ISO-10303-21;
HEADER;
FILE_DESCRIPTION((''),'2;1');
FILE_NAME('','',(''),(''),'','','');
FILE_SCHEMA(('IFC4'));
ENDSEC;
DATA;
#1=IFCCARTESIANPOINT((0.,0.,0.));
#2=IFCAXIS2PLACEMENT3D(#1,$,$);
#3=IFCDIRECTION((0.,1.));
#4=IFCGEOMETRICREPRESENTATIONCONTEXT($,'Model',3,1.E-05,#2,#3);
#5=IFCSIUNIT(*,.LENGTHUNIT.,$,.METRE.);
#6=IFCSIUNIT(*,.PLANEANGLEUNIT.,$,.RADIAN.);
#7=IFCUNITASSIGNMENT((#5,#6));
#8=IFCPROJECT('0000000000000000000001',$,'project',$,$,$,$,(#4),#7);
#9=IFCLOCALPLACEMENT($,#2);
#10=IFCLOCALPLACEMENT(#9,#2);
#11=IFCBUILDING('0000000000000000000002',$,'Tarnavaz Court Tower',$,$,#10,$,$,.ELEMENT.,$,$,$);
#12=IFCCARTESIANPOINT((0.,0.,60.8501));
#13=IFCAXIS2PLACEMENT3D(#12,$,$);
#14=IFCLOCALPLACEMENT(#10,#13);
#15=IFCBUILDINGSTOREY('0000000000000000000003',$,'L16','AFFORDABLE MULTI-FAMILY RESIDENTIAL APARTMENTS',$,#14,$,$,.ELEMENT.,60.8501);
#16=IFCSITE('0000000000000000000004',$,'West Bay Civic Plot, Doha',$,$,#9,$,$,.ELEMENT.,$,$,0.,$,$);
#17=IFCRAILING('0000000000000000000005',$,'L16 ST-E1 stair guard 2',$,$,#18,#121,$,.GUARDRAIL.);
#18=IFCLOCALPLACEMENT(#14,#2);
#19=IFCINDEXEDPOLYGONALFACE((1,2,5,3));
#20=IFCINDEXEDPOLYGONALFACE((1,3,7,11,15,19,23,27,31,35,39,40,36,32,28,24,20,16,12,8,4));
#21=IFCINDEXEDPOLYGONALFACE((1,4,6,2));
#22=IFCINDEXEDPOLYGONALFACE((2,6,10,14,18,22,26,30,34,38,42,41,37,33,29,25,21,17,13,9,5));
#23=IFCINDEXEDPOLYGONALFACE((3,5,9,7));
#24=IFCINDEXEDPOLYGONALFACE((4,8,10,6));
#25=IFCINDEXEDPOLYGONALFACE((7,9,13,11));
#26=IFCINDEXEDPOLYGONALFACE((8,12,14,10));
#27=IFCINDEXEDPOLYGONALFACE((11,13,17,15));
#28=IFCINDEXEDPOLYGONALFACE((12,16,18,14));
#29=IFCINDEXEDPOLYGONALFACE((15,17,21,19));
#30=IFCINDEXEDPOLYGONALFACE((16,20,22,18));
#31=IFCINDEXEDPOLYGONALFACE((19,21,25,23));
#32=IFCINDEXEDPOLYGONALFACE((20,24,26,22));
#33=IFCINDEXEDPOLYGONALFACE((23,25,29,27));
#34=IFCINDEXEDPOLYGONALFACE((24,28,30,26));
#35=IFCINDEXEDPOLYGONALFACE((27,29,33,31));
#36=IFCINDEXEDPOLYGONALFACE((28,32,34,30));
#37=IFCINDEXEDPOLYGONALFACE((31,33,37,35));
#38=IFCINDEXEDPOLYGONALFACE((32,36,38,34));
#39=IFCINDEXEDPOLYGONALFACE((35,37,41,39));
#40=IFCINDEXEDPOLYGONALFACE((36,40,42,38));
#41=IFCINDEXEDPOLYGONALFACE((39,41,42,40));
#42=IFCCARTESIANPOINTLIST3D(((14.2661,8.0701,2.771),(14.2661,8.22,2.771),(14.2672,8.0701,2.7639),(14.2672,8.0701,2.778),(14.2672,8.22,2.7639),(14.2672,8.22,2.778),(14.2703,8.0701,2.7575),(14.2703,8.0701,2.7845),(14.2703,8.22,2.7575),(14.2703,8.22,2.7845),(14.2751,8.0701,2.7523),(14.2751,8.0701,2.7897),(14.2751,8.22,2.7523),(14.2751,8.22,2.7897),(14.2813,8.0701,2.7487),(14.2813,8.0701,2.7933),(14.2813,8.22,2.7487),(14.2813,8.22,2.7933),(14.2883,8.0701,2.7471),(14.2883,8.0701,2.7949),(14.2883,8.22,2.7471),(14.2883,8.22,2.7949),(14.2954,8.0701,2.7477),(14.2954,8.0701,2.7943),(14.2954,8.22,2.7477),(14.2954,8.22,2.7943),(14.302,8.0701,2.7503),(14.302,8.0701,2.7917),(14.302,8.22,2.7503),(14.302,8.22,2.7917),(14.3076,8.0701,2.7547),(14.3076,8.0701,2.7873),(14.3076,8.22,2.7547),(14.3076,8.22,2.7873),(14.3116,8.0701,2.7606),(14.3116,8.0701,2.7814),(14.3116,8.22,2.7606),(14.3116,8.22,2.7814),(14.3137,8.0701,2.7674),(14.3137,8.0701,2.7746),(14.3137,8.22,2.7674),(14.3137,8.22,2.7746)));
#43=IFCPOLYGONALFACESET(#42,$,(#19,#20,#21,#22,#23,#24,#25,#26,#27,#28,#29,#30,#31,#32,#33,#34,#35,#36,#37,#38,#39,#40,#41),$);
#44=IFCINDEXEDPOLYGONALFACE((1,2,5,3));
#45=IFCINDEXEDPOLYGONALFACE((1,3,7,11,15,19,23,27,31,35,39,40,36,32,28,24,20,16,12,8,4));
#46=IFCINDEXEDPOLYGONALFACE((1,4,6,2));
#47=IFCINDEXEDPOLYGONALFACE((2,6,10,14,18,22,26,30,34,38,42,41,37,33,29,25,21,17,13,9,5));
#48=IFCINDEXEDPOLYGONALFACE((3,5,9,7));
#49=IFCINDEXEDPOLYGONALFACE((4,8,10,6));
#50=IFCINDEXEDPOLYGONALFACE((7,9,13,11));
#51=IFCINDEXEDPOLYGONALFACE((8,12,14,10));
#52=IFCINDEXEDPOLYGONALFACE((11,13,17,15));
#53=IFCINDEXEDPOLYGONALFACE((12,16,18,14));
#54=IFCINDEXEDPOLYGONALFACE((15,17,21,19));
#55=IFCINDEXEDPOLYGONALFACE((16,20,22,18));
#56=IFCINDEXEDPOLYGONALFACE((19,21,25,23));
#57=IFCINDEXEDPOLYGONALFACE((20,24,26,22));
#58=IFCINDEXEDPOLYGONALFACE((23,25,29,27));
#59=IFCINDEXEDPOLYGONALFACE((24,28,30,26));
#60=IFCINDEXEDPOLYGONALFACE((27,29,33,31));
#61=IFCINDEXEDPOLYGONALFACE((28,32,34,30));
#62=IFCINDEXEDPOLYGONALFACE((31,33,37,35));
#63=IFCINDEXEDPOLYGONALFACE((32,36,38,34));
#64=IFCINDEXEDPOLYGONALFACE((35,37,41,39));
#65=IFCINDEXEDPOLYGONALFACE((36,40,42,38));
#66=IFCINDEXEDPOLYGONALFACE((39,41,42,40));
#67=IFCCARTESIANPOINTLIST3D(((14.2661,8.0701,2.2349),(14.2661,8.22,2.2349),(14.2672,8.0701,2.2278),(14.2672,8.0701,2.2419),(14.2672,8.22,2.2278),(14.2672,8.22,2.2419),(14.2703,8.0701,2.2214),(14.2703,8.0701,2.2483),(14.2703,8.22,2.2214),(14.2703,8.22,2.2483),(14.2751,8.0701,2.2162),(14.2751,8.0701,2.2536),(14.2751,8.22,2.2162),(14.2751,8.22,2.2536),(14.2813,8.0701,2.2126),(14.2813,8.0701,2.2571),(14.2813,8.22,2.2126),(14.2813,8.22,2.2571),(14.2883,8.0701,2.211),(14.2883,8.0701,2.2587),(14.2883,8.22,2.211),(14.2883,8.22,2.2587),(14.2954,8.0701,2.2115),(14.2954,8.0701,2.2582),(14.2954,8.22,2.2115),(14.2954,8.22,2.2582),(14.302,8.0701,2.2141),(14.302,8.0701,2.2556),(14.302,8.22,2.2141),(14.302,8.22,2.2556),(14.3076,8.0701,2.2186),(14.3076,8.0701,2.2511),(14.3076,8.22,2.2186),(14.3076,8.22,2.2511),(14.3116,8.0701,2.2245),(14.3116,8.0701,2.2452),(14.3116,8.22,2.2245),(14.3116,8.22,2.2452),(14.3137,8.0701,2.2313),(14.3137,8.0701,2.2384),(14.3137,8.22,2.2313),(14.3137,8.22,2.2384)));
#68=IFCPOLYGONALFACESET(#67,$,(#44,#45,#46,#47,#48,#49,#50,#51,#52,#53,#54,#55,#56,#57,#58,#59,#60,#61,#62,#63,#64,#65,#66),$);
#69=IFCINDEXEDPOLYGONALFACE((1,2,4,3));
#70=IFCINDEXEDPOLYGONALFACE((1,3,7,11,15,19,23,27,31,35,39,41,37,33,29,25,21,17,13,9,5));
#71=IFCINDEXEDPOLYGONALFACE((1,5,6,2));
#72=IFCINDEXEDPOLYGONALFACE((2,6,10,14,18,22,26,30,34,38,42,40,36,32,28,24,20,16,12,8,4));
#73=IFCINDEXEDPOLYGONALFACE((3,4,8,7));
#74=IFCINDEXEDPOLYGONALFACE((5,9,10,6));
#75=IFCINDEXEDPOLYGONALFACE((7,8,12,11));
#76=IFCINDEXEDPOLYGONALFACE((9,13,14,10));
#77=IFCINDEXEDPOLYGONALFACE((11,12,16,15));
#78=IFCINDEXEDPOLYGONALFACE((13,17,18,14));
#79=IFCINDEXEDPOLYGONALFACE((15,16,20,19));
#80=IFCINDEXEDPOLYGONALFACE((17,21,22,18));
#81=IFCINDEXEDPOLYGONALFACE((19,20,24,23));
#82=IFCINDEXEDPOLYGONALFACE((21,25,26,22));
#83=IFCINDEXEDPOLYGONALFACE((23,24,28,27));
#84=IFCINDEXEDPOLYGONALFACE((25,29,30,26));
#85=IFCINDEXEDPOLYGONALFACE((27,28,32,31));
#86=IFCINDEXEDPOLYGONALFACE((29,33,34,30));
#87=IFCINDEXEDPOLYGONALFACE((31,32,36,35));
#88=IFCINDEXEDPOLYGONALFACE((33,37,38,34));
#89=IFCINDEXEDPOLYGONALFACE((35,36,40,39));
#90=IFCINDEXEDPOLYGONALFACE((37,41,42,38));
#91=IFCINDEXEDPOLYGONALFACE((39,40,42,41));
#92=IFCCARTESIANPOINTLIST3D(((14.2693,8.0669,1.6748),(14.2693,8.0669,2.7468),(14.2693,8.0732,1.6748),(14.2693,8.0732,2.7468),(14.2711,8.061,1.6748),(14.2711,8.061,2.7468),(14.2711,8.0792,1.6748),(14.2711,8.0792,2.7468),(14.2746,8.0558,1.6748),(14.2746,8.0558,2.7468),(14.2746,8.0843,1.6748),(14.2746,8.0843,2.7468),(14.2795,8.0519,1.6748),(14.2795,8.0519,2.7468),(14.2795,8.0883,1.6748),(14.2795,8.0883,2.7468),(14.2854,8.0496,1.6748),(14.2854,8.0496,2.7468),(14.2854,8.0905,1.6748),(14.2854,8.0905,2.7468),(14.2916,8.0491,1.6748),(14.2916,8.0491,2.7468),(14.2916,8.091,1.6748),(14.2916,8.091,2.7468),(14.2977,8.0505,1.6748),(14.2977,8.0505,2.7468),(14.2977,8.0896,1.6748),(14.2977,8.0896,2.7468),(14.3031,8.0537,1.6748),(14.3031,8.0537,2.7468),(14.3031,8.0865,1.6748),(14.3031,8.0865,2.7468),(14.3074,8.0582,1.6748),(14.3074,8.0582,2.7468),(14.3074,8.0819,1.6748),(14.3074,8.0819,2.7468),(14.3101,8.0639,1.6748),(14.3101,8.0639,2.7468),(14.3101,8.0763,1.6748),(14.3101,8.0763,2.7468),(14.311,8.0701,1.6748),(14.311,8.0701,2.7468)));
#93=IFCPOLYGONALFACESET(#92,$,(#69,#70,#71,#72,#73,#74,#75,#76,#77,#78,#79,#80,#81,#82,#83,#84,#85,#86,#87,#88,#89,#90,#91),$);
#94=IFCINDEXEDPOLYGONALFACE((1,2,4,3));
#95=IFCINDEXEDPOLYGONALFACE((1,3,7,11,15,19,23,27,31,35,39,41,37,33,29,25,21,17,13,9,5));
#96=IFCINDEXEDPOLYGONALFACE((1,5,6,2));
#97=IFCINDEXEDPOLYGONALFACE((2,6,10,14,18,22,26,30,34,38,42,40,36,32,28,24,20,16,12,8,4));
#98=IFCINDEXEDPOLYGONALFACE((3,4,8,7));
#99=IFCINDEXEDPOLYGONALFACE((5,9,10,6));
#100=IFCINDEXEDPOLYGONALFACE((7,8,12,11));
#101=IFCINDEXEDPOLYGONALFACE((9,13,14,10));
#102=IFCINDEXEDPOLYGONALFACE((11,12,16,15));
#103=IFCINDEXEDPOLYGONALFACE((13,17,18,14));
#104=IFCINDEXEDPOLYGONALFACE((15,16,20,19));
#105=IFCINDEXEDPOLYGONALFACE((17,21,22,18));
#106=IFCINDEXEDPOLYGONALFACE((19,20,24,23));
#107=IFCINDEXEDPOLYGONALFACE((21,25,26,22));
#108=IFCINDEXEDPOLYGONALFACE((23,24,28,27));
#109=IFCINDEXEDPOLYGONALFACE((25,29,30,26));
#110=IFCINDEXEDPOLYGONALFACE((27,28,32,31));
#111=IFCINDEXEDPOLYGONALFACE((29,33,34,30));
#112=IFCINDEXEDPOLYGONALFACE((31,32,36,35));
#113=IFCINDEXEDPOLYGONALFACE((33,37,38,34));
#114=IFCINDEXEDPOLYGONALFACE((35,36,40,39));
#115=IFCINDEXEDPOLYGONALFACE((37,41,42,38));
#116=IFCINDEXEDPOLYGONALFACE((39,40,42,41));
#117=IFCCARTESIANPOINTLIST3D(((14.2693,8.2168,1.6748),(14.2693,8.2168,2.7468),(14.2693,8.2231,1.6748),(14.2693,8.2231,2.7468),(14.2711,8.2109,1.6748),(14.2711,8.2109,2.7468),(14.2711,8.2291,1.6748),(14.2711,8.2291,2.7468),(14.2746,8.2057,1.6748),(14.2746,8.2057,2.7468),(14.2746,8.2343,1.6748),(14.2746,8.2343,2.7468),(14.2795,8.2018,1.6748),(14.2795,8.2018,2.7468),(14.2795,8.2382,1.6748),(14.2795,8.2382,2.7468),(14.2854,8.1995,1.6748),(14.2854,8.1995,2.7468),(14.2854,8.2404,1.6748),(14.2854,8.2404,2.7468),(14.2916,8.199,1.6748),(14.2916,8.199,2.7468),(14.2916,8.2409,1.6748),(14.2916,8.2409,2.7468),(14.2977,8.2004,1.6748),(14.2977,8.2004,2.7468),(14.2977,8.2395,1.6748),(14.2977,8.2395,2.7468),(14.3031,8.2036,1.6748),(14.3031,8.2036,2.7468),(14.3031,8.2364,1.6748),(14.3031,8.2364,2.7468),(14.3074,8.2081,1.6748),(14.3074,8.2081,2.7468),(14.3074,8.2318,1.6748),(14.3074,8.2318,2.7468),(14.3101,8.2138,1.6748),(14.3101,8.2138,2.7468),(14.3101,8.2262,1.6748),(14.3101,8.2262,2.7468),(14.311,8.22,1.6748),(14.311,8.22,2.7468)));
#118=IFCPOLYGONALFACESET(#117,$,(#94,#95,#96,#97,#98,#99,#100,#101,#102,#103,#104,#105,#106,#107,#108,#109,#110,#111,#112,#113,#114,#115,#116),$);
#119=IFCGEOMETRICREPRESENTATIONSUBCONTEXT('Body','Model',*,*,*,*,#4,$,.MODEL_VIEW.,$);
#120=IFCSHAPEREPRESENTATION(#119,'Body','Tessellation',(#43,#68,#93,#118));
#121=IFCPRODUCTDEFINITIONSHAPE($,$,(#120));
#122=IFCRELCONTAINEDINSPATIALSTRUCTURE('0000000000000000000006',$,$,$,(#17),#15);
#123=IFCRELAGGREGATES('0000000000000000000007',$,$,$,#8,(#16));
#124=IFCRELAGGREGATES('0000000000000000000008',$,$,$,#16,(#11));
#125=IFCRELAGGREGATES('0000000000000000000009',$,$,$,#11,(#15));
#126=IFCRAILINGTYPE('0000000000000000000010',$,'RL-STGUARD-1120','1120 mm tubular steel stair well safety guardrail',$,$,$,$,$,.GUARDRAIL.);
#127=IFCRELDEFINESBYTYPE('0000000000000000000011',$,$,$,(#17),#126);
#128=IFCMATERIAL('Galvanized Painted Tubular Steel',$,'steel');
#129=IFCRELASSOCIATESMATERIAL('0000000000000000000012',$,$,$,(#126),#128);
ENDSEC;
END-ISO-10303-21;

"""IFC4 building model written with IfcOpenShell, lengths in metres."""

from ifc_helpers import new_model, si_unit, direction, frame, origin, origin_2d, place, context, subcontext, project, spatial, circle, extrude, material, type_object, element, save


model = new_model("IFC4")

# Units and contexts
model_context = context("Model", 3, precision=1e-05, world=origin(), true_north=direction((0.0, 1.0)))
body_context = subcontext(model_context, "Body", "Model", "MODEL_VIEW")
ifc_project = project(units=[si_unit("LENGTHUNIT", "METRE"), si_unit("PLANEANGLEUNIT", "RADIAN")], contexts=[model_context])

# Site, building, storey
site_placement = place(None, origin())
site = spatial("IfcSite", under=ifc_project, at=site_placement, Name="West Bay Civic Plot, Doha", CompositionType="ELEMENT", RefElevation=0.0)
building_placement = place(site_placement, origin())
building = spatial("IfcBuilding", under=site, at=building_placement, Name="Tarnavaz Court Tower", CompositionType="ELEMENT")
storey_placement = place(building_placement, frame((0.0, 0.0, 60.8501)))
storey = spatial("IfcBuildingStorey", under=building, at=storey_placement, Name="L16", Description="AFFORDABLE MULTI-FAMILY RESIDENTIAL APARTMENTS", CompositionType="ELEMENT", Elevation=60.8501)

# Railing
ifc_material_1 = material(Name="Galvanized Painted Tubular Steel", Category="steel")
railing_type_1 = type_object("IfcRailingType", Name="RL-STGUARD-1120", Description="1120 mm tubular steel stair well safety guardrail", PredefinedType="GUARDRAIL", material=ifc_material_1)
railing_1_placement = place(storey_placement, frame((14.29, 8.0701, 1.6748)))
element("IfcRailing", 1, at=railing_1_placement, inside=storey, type_object=railing_type_1, Name="L16 ST-E1 stair guard 2", PredefinedType="GUARDRAIL", context=body_context, shape_type="SweptSolid", body=[
    extrude(circle(Radius=0.0239, at=origin_2d()), frame((0.0, 0.0, 1.0962), z_axis=(0.0, 1.0, 0.0), x_axis=(-1.0, 0.0, 0.0)), (0.0, 0.0, 1.0), 0.1499),
    extrude(circle(Radius=0.0239, at=origin_2d()), frame((0.0, 0.0, 0.5601), z_axis=(0.0, 1.0, 0.0), x_axis=(-1.0, 0.0, 0.0)), (0.0, 0.0, 1.0), 0.1499),
    extrude(circle(Radius=0.021, at=origin_2d()), origin(), (0.0, 0.0, 1.0), 1.072),
    extrude(circle(Radius=0.021, at=origin_2d()), frame((0.0, 0.1499, 0.0)), (0.0, 0.0, 1.0), 1.072),
])

save(model, "model.ifc")
